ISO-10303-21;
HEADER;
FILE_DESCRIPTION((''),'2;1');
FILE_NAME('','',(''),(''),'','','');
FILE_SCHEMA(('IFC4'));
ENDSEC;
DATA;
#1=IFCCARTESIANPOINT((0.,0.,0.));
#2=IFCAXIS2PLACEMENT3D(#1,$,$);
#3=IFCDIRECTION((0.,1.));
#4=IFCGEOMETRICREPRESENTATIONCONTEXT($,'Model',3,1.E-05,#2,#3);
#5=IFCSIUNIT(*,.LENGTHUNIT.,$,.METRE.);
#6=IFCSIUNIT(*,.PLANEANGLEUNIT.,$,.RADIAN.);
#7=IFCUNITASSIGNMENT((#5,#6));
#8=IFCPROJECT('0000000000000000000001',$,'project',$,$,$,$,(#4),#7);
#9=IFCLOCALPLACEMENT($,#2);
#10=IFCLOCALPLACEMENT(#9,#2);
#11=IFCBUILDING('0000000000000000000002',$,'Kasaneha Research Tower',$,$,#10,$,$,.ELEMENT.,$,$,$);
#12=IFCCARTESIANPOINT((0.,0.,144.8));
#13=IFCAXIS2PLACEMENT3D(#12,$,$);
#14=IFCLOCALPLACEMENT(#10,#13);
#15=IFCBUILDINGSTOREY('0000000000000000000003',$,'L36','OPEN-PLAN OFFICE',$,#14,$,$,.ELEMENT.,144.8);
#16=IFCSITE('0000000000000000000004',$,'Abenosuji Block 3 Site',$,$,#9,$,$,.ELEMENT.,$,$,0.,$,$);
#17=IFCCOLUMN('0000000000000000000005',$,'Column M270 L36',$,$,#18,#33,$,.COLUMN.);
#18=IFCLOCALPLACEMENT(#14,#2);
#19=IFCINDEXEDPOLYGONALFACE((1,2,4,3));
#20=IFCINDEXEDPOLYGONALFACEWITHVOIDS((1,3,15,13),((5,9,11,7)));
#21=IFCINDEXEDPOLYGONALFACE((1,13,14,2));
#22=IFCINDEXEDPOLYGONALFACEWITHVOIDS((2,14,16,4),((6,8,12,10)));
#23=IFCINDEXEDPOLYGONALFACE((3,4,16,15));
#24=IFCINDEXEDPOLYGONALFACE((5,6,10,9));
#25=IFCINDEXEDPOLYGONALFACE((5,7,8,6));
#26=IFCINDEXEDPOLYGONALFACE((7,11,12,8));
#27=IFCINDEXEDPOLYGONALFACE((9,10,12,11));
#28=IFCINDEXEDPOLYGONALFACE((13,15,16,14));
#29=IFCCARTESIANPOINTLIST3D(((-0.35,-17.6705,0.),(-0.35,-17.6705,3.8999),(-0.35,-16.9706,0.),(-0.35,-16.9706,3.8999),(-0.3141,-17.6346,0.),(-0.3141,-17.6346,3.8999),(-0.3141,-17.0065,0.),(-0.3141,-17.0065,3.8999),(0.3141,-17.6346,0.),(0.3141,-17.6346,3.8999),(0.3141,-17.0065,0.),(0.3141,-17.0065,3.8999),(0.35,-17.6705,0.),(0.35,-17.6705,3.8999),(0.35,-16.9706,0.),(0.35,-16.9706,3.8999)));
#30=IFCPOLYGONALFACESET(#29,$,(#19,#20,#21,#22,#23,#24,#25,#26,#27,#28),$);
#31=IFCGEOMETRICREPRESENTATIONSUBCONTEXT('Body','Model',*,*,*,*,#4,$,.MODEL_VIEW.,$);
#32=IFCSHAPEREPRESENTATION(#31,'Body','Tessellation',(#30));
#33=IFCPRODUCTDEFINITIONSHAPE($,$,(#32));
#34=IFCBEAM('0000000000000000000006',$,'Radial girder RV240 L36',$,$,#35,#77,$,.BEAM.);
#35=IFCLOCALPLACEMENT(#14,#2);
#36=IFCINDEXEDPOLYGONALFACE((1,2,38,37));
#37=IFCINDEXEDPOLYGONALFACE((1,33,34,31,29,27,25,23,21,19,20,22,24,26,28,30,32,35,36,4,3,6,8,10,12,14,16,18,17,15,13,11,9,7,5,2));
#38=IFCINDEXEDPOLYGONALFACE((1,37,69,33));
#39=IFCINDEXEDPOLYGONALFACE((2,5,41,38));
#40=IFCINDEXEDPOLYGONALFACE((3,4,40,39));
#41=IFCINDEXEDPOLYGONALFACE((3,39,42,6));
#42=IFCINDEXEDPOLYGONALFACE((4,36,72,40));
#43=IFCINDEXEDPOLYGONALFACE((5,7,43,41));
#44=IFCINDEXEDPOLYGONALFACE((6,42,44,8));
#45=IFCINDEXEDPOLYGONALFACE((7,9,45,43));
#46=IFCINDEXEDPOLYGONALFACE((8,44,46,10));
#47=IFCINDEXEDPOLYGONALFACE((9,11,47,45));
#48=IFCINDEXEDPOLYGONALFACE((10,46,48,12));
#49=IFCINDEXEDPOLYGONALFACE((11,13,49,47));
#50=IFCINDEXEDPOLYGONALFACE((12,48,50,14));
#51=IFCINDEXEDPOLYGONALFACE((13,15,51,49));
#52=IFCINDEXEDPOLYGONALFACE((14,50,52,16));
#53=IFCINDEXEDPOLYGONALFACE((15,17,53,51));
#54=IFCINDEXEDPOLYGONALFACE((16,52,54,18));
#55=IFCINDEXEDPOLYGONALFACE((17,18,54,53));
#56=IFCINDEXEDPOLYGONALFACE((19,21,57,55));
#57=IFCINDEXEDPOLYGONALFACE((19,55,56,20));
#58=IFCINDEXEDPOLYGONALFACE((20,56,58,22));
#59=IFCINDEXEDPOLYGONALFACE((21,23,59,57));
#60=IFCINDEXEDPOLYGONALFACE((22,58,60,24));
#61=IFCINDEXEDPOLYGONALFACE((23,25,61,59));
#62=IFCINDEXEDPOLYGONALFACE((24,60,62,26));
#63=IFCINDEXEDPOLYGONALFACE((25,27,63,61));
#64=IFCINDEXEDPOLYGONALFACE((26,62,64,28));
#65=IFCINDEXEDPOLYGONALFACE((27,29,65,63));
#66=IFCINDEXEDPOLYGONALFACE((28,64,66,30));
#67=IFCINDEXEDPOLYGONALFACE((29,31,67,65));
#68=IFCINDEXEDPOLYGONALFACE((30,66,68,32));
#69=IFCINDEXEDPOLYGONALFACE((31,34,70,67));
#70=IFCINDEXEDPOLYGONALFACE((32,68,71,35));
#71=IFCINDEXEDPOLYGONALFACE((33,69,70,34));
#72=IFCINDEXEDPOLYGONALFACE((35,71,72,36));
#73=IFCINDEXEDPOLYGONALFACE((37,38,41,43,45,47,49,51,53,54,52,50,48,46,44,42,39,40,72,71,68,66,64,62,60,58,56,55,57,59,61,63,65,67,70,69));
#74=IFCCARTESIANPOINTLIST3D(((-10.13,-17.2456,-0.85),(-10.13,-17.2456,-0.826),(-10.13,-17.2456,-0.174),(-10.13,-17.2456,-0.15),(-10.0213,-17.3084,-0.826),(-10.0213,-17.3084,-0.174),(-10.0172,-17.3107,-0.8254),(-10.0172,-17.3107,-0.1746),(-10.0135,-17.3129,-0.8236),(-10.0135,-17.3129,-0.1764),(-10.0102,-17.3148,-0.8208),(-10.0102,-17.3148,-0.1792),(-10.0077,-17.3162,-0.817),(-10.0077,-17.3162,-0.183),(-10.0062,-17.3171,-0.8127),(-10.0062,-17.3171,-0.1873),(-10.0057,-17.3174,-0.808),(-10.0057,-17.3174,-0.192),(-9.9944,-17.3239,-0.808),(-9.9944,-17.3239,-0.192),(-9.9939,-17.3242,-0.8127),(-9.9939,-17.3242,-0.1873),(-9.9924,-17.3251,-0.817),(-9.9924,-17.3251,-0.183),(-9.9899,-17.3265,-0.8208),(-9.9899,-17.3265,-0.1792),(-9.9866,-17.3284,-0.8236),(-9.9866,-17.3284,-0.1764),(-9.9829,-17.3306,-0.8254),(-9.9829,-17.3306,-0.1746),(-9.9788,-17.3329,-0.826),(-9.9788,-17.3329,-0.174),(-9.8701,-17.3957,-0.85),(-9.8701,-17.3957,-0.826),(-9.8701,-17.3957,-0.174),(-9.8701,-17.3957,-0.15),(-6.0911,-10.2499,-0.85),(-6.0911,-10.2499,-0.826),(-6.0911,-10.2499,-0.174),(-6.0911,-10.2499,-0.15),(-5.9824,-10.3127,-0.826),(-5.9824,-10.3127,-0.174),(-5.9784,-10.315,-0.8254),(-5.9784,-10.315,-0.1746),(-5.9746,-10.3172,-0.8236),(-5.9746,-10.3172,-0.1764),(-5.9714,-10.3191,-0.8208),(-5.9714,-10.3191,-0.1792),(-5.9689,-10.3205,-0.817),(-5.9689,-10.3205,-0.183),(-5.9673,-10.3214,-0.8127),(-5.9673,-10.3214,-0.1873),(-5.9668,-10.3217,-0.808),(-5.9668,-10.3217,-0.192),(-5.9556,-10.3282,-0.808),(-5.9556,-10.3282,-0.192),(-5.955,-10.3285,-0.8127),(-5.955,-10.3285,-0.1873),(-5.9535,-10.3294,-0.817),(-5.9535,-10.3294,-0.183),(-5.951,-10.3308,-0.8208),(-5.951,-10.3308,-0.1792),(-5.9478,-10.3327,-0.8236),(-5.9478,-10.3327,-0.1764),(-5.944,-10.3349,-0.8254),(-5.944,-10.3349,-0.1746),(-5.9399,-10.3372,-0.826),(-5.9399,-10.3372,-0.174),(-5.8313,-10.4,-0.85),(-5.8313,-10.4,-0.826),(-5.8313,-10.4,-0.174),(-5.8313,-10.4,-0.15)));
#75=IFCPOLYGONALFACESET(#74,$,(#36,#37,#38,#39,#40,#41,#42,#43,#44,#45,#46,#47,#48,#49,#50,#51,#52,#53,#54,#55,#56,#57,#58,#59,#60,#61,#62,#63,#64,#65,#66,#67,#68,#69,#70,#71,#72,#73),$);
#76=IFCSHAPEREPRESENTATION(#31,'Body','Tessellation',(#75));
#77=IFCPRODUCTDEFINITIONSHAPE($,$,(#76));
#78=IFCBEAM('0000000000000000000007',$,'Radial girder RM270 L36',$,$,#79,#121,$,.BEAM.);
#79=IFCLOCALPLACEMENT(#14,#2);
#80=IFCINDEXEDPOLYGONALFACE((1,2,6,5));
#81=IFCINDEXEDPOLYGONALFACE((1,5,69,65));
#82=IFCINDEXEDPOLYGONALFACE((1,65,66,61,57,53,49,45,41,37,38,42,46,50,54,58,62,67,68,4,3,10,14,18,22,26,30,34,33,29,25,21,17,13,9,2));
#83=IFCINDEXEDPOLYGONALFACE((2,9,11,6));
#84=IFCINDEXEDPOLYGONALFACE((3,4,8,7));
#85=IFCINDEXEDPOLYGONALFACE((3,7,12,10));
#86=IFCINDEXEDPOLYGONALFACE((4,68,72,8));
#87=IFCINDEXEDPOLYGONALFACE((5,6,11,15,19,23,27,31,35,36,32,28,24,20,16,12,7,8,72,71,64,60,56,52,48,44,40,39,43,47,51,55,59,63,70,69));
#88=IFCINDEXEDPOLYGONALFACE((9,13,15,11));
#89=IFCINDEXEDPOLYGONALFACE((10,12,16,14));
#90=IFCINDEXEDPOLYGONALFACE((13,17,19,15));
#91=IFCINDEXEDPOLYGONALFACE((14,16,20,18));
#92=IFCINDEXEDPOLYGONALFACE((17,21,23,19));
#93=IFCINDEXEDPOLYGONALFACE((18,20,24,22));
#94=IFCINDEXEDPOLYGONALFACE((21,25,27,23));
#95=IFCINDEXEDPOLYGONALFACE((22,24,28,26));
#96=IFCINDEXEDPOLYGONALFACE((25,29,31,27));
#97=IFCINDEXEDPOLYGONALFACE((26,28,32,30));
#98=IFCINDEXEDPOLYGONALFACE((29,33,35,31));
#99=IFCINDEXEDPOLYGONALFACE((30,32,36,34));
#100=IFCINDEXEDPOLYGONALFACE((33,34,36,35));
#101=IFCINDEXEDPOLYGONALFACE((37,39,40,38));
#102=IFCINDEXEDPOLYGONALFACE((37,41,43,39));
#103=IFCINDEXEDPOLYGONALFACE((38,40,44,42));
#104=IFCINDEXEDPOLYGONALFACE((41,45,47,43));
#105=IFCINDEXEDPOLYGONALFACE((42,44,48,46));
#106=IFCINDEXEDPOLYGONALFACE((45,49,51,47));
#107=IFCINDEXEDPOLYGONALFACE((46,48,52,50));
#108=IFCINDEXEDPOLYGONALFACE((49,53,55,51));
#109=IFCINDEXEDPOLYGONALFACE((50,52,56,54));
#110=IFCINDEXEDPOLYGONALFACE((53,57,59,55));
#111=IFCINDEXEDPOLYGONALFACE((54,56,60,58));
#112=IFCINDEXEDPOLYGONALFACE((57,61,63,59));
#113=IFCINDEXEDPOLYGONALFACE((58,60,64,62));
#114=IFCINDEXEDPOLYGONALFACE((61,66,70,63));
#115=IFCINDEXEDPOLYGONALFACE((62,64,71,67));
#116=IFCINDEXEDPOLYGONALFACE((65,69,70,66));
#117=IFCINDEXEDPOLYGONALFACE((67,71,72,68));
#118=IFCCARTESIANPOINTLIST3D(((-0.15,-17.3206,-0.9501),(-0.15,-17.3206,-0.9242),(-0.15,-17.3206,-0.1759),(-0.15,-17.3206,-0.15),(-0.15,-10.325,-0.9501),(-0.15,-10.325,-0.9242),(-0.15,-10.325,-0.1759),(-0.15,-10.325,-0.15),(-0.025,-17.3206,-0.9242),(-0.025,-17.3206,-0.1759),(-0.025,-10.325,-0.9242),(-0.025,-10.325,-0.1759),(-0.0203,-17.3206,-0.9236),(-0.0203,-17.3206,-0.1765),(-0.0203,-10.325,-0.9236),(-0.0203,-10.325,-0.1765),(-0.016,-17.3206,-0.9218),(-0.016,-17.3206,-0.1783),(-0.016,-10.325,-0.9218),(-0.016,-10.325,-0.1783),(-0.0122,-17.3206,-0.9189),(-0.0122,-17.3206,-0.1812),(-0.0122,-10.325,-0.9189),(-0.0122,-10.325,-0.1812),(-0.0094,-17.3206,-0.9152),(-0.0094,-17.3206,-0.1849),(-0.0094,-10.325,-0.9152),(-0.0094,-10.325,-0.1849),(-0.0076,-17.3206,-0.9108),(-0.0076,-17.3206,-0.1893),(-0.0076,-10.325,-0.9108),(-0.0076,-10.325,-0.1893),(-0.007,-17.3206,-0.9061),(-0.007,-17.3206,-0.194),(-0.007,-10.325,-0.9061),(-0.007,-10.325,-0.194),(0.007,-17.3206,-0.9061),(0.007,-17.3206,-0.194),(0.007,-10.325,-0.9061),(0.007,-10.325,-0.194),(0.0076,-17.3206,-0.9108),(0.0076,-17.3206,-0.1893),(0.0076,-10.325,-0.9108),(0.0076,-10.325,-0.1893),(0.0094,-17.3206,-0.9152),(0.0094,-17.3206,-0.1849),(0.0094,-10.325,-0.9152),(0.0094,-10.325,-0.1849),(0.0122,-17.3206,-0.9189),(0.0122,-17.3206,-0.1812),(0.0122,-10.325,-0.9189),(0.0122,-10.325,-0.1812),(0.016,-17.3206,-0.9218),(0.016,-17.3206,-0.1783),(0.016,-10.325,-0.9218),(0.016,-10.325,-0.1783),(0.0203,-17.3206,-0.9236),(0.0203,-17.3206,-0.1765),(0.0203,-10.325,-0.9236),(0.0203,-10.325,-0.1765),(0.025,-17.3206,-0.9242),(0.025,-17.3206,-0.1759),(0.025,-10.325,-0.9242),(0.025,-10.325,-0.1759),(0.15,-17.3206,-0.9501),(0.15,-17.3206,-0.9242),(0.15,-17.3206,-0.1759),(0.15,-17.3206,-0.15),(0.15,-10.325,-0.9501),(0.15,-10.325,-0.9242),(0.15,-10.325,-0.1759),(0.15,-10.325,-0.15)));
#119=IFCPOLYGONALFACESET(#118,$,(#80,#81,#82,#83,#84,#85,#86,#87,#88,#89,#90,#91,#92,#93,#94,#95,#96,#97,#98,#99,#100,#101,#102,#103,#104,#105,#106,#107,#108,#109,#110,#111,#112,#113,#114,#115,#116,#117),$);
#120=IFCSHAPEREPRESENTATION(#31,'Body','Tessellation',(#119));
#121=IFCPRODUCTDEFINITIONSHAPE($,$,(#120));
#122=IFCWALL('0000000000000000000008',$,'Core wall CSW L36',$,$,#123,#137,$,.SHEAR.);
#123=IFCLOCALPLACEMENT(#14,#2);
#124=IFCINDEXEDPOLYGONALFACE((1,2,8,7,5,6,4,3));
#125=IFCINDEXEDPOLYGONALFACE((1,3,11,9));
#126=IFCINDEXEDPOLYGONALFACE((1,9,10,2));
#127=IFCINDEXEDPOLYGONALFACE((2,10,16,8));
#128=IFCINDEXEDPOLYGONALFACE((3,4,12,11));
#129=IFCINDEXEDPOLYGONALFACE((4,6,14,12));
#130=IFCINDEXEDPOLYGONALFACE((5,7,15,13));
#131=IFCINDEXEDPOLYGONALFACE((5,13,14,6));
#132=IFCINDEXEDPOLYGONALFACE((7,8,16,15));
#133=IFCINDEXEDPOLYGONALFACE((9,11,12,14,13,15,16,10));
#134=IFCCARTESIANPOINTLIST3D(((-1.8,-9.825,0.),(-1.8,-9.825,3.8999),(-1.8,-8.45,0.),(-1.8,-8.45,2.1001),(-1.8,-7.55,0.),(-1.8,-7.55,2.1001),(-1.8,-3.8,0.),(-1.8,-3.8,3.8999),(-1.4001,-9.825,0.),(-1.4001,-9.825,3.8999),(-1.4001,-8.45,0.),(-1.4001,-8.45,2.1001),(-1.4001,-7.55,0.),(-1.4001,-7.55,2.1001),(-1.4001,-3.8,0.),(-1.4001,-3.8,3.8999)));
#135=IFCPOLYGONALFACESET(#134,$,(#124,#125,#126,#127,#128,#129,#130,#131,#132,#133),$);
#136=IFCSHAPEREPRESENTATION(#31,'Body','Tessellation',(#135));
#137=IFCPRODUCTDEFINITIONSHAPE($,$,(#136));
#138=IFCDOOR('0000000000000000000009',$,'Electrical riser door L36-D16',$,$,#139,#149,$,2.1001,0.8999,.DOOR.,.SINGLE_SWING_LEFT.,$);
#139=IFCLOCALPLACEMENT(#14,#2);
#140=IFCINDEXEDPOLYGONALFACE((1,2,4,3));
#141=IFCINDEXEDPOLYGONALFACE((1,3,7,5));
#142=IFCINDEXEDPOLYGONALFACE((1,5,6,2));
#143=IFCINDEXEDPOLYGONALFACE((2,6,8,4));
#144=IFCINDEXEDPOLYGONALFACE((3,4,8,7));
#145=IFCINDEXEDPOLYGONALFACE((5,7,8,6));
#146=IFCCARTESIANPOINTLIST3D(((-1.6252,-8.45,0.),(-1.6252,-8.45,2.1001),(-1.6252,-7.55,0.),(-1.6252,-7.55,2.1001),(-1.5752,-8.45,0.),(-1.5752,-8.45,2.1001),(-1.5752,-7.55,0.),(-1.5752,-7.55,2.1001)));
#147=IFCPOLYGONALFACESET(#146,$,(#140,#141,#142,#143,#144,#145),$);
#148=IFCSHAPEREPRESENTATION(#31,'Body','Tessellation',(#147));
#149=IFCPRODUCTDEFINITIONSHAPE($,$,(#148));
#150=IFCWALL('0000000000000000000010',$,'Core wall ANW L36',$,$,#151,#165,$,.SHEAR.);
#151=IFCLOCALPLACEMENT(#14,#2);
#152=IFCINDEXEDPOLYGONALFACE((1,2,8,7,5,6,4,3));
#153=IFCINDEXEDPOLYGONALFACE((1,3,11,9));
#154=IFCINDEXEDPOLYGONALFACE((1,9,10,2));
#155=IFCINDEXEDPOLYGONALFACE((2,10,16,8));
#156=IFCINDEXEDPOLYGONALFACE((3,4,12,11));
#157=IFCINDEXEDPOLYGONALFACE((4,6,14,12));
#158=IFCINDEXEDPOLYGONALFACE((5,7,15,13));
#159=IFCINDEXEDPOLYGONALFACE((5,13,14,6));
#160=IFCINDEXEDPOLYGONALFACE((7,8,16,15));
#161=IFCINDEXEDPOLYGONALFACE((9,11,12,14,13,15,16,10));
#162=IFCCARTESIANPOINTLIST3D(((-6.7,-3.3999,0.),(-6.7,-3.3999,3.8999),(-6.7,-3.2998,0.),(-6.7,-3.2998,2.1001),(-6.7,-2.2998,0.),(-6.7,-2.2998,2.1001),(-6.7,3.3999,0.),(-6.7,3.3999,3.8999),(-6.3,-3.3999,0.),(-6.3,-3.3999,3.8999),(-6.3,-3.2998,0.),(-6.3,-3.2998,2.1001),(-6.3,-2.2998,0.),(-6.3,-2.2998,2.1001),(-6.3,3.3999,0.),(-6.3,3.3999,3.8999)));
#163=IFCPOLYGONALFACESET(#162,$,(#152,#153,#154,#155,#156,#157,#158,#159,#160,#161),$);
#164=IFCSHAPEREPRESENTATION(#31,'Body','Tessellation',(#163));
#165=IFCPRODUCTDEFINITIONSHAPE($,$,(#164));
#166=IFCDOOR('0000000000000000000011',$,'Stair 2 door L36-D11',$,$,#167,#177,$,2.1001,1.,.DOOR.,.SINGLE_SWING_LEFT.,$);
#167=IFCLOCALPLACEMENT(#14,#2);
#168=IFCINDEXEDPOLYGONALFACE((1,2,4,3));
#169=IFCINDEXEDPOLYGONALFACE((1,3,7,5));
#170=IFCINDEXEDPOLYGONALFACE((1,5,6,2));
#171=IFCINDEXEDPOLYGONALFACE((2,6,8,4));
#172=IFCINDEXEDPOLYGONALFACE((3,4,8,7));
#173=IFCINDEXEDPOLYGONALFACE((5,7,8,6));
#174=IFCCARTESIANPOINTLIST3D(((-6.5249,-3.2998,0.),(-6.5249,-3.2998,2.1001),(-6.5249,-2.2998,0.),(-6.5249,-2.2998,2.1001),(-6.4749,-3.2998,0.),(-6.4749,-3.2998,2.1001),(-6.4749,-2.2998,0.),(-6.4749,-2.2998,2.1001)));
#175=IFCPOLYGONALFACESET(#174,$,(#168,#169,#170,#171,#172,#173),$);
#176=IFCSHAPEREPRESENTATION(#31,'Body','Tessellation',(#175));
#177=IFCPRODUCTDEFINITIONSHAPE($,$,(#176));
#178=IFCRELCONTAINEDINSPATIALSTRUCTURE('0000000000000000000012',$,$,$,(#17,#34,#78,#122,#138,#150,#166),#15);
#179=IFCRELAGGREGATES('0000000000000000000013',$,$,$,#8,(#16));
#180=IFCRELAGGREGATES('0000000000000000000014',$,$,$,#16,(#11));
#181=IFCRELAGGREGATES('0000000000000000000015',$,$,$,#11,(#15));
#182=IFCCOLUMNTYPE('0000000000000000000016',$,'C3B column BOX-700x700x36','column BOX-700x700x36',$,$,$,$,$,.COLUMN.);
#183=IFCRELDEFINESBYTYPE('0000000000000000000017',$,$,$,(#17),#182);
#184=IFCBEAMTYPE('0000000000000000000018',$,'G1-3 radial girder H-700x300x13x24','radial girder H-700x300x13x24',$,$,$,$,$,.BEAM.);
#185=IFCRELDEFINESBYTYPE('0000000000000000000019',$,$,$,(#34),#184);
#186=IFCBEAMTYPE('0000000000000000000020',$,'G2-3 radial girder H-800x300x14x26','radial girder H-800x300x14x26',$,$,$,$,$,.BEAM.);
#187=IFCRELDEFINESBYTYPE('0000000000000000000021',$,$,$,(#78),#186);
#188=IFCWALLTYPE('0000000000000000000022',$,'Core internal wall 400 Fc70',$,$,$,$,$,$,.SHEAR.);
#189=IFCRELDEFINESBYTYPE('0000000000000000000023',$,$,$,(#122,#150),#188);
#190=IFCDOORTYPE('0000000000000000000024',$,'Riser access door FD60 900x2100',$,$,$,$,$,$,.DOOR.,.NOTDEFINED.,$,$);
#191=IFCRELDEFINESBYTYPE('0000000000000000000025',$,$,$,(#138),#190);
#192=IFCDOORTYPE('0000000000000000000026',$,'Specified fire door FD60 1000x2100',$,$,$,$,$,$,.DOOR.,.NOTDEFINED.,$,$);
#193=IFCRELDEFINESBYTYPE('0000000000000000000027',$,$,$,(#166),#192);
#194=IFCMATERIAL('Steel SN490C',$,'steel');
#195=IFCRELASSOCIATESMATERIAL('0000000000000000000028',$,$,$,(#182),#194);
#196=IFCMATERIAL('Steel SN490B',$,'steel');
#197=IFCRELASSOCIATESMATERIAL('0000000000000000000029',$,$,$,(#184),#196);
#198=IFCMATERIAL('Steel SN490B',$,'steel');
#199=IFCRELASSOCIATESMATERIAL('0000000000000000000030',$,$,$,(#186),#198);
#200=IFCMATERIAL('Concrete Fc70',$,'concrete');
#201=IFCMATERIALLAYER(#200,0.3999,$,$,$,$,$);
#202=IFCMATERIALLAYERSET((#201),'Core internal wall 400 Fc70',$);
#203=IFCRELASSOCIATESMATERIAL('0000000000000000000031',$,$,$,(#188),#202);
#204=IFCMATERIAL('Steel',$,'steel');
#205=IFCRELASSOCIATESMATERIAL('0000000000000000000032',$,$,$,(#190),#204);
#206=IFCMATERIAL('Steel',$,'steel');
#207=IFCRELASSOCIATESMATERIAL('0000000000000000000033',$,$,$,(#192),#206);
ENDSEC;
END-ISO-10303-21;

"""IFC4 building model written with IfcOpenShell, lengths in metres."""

from ifc_helpers import new_model, si_unit, direction, frame, frame_2d, origin, origin_2d, place, context, subcontext, project, spatial, rectangle, hollow_rectangle, i_section, extrude, material, layer, layer_set, material_profile, profile_set, type_object, element, fill, save


model = new_model("IFC4")

# Units and contexts
model_context = context("Model", 3, precision=1e-05, world=origin(), true_north=direction((0.0, 1.0)))
body_context = subcontext(model_context, "Body", "Model", "MODEL_VIEW")
ifc_project = project(units=[si_unit("LENGTHUNIT", "METRE"), si_unit("PLANEANGLEUNIT", "RADIAN")], contexts=[model_context])

# Site, building, storey
site_placement = place(None, origin())
site = spatial("IfcSite", under=ifc_project, at=site_placement, Name="Abenosuji Block 3 Site", CompositionType="ELEMENT", RefElevation=0.0)
building_placement = place(site_placement, origin())
building = spatial("IfcBuilding", under=site, at=building_placement, Name="Kasaneha Research Tower", CompositionType="ELEMENT")
storey_placement = place(building_placement, frame((0.0, 0.0, 144.8)))
storey = spatial("IfcBuildingStorey", under=building, at=storey_placement, Name="L36", Description="OPEN-PLAN OFFICE", CompositionType="ELEMENT", Elevation=144.8)

# Column
ifc_material_1 = material(Name="Steel SN490C", Category="steel")
ifc_material_profile_1 = material_profile(ifc_material_1, hollow_rectangle(XDim=0.7, YDim=0.7, WallThickness=0.0359, at=origin_2d()), Name="BOX-700x700x36")
ifc_profile_set_1 = profile_set([ifc_material_profile_1], Name="Steel SN490C")
column_type = type_object("IfcColumnType", Name="C3B column BOX-700x700x36", Description="column BOX-700x700x36", PredefinedType="COLUMN", material=ifc_profile_set_1)
column_placement = place(storey_placement, frame((0.0, -17.3206, 0.0), z_axis=(0.0, 0.0, 1.0), x_axis=(1.0, 0.0, 0.0)))
element("IfcColumn", 1, at=column_placement, inside=storey, type_object=column_type, Name="Column M270 L36", PredefinedType="COLUMN", context=body_context, shape_type="SweptSolid", body=[
    extrude(hollow_rectangle(XDim=0.7, YDim=0.7, WallThickness=0.0359, at=origin_2d()), origin(), (0.0, 0.0, 1.0), 3.8999),
])

# Beams
ifc_material_2 = material(Name="Steel SN490B", Category="steel")
ifc_material_profile_2 = material_profile(ifc_material_2, i_section(OverallWidth=0.3, OverallDepth=0.7, WebThickness=0.0129, FlangeThickness=0.0239, FilletRadius=0.0181, at=origin_2d()), Name="H-700x300x13x24")
ifc_profile_set_2 = profile_set([ifc_material_profile_2], Name="Steel SN490B")
beam_type_1 = type_object("IfcBeamType", Name="G1-3 radial girder H-700x300x13x24", Description="radial girder H-700x300x13x24", PredefinedType="BEAM", material=ifc_profile_set_2)
beam_1_placement = place(storey_placement, frame((-5.9612, -10.325, -0.5), z_axis=(-0.499991, -0.866031, 0.0), x_axis=(0.866031, -0.499991, 0.0)))
element("IfcBeam", 2, at=beam_1_placement, inside=storey, type_object=beam_type_1, Name="Radial girder RV240 L36", PredefinedType="BEAM", context=body_context, shape_type="SweptSolid", body=[
    extrude(i_section(OverallWidth=0.3, OverallDepth=0.7, WebThickness=0.0129, FlangeThickness=0.0239, FilletRadius=0.0181, at=origin_2d()), origin(), (0.0, 0.0, 1.0), 8.0779),
])
ifc_material_3 = material(Name="Steel SN490B", Category="steel")
ifc_material_profile_3 = material_profile(ifc_material_3, i_section(OverallWidth=0.3, OverallDepth=0.8, WebThickness=0.0139, FlangeThickness=0.0259, FilletRadius=0.0181, at=origin_2d()), Name="H-800x300x14x26")
ifc_profile_set_3 = profile_set([ifc_material_profile_3], Name="Steel SN490B")
beam_type_2 = type_object("IfcBeamType", Name="G2-3 radial girder H-800x300x14x26", Description="radial girder H-800x300x14x26", PredefinedType="BEAM", material=ifc_profile_set_3)
beam_2_placement = place(storey_placement, frame((0.0, -10.325, -0.55), z_axis=(0.0, -1.0, 0.0), x_axis=(1.0, 0.0, 0.0)))
element("IfcBeam", 3, at=beam_2_placement, inside=storey, type_object=beam_type_2, Name="Radial girder RM270 L36", PredefinedType="BEAM", context=body_context, shape_type="SweptSolid", body=[
    extrude(i_section(OverallWidth=0.3, OverallDepth=0.8, WebThickness=0.0139, FlangeThickness=0.0259, FilletRadius=0.0181, at=origin_2d()), origin(), (0.0, 0.0, 1.0), 6.9956),
])

# Walls, openings, doors
ifc_material_4 = material(Name="Concrete Fc70", Category="concrete")
ifc_layer_1 = layer(ifc_material_4, 0.3999)
ifc_layer_set_1 = layer_set([ifc_layer_1], Name="Core internal wall 400 Fc70")
wall_type_1 = type_object("IfcWallType", Name="Core internal wall 400 Fc70", PredefinedType="SHEAR", material=ifc_layer_set_1)
wall_1_placement = place(storey_placement, frame((-1.6001, -3.8, 0.0), z_axis=(0.0, 0.0, 1.0), x_axis=(0.0, -1.0, 0.0)))
wall_1 = element("IfcWall", 4, at=wall_1_placement, inside=storey, type_object=wall_type_1, Name="Core wall CSW L36", PredefinedType="SHEAR", context=body_context, shape_type="SweptSolid", body=[
    extrude(rectangle(XDim=6.0249, YDim=0.3999, at=frame_2d((3.0125, 0.0))), origin(), (0.0, 0.0, 1.0), 3.8999),
])
opening_1_placement = place(wall_1_placement, frame((3.75, 0.0, 0.0)))
opening_1 = element("IfcOpeningElement", 5, at=opening_1_placement, cuts=wall_1, PredefinedType="OPENING", context=body_context, shape_type="SweptSolid", body=[
    extrude(rectangle(XDim=0.8999, YDim=2.1001, at=frame_2d((0.45, 1.05))), frame((0.0, 0.21, 0.0), z_axis=(0.0, -1.0, 0.0), x_axis=(1.0, 0.0, 0.0)), (0.0, 0.0, 1.0), 0.4199),
])
ifc_material_5 = material(Name="Steel", Category="steel")
door_type_1 = type_object("IfcDoorType", Name="Riser access door FD60 900x2100", OperationType="NOTDEFINED", PredefinedType="DOOR", material=ifc_material_5)
door_1_placement = place(opening_1_placement, origin())
door_1 = element("IfcDoor", 6, at=door_1_placement, inside=storey, type_object=door_type_1, Name="Electrical riser door L36-D16", OperationType="SINGLE_SWING_LEFT", OverallHeight=2.1001, OverallWidth=0.8999, PredefinedType="DOOR", context=body_context, shape_type="SweptSolid", body=[
    extrude(rectangle(XDim=0.8999, YDim=2.1001, at=frame_2d((0.45, 1.05))), frame((0.0, 0.0249, 0.0), z_axis=(0.0, -1.0, 0.0), x_axis=(1.0, 0.0, 0.0)), (0.0, 0.0, 1.0), 0.05),
])
fill(opening_1, door_1)
wall_2_placement = place(storey_placement, frame((-6.5, -3.3999, 0.0), z_axis=(0.0, 0.0, 1.0), x_axis=(0.0, 1.0, 0.0)))
wall_2 = element("IfcWall", 7, at=wall_2_placement, inside=storey, type_object=wall_type_1, Name="Core wall ANW L36", PredefinedType="SHEAR", context=body_context, shape_type="SweptSolid", body=[
    extrude(rectangle(XDim=6.7998, YDim=0.3999, at=frame_2d((3.3999, 0.0))), origin(), (0.0, 0.0, 1.0), 3.8999),
])
opening_2_placement = place(wall_2_placement, frame((0.1001, 0.0, 0.0)))
opening_2 = element("IfcOpeningElement", 8, at=opening_2_placement, cuts=wall_2, PredefinedType="OPENING", context=body_context, shape_type="SweptSolid", body=[
    extrude(rectangle(XDim=1.0, YDim=2.1001, at=frame_2d((0.5, 1.05))), frame((0.0, 0.21, 0.0), z_axis=(0.0, -1.0, 0.0), x_axis=(1.0, 0.0, 0.0)), (0.0, 0.0, 1.0), 0.4199),
])
ifc_material_6 = material(Name="Steel", Category="steel")
door_type_2 = type_object("IfcDoorType", Name="Specified fire door FD60 1000x2100", OperationType="NOTDEFINED", PredefinedType="DOOR", material=ifc_material_6)
door_2_placement = place(opening_2_placement, origin())
door_2 = element("IfcDoor", 9, at=door_2_placement, inside=storey, type_object=door_type_2, Name="Stair 2 door L36-D11", OperationType="SINGLE_SWING_LEFT", OverallHeight=2.1001, OverallWidth=1.0, PredefinedType="DOOR", context=body_context, shape_type="SweptSolid", body=[
    extrude(rectangle(XDim=1.0, YDim=2.1001, at=frame_2d((0.5, 1.05))), frame((0.0, 0.0249, 0.0), z_axis=(0.0, -1.0, 0.0), x_axis=(1.0, 0.0, 0.0)), (0.0, 0.0, 1.0), 0.05),
])
fill(opening_2, door_2)

save(model, "model.ifc")
